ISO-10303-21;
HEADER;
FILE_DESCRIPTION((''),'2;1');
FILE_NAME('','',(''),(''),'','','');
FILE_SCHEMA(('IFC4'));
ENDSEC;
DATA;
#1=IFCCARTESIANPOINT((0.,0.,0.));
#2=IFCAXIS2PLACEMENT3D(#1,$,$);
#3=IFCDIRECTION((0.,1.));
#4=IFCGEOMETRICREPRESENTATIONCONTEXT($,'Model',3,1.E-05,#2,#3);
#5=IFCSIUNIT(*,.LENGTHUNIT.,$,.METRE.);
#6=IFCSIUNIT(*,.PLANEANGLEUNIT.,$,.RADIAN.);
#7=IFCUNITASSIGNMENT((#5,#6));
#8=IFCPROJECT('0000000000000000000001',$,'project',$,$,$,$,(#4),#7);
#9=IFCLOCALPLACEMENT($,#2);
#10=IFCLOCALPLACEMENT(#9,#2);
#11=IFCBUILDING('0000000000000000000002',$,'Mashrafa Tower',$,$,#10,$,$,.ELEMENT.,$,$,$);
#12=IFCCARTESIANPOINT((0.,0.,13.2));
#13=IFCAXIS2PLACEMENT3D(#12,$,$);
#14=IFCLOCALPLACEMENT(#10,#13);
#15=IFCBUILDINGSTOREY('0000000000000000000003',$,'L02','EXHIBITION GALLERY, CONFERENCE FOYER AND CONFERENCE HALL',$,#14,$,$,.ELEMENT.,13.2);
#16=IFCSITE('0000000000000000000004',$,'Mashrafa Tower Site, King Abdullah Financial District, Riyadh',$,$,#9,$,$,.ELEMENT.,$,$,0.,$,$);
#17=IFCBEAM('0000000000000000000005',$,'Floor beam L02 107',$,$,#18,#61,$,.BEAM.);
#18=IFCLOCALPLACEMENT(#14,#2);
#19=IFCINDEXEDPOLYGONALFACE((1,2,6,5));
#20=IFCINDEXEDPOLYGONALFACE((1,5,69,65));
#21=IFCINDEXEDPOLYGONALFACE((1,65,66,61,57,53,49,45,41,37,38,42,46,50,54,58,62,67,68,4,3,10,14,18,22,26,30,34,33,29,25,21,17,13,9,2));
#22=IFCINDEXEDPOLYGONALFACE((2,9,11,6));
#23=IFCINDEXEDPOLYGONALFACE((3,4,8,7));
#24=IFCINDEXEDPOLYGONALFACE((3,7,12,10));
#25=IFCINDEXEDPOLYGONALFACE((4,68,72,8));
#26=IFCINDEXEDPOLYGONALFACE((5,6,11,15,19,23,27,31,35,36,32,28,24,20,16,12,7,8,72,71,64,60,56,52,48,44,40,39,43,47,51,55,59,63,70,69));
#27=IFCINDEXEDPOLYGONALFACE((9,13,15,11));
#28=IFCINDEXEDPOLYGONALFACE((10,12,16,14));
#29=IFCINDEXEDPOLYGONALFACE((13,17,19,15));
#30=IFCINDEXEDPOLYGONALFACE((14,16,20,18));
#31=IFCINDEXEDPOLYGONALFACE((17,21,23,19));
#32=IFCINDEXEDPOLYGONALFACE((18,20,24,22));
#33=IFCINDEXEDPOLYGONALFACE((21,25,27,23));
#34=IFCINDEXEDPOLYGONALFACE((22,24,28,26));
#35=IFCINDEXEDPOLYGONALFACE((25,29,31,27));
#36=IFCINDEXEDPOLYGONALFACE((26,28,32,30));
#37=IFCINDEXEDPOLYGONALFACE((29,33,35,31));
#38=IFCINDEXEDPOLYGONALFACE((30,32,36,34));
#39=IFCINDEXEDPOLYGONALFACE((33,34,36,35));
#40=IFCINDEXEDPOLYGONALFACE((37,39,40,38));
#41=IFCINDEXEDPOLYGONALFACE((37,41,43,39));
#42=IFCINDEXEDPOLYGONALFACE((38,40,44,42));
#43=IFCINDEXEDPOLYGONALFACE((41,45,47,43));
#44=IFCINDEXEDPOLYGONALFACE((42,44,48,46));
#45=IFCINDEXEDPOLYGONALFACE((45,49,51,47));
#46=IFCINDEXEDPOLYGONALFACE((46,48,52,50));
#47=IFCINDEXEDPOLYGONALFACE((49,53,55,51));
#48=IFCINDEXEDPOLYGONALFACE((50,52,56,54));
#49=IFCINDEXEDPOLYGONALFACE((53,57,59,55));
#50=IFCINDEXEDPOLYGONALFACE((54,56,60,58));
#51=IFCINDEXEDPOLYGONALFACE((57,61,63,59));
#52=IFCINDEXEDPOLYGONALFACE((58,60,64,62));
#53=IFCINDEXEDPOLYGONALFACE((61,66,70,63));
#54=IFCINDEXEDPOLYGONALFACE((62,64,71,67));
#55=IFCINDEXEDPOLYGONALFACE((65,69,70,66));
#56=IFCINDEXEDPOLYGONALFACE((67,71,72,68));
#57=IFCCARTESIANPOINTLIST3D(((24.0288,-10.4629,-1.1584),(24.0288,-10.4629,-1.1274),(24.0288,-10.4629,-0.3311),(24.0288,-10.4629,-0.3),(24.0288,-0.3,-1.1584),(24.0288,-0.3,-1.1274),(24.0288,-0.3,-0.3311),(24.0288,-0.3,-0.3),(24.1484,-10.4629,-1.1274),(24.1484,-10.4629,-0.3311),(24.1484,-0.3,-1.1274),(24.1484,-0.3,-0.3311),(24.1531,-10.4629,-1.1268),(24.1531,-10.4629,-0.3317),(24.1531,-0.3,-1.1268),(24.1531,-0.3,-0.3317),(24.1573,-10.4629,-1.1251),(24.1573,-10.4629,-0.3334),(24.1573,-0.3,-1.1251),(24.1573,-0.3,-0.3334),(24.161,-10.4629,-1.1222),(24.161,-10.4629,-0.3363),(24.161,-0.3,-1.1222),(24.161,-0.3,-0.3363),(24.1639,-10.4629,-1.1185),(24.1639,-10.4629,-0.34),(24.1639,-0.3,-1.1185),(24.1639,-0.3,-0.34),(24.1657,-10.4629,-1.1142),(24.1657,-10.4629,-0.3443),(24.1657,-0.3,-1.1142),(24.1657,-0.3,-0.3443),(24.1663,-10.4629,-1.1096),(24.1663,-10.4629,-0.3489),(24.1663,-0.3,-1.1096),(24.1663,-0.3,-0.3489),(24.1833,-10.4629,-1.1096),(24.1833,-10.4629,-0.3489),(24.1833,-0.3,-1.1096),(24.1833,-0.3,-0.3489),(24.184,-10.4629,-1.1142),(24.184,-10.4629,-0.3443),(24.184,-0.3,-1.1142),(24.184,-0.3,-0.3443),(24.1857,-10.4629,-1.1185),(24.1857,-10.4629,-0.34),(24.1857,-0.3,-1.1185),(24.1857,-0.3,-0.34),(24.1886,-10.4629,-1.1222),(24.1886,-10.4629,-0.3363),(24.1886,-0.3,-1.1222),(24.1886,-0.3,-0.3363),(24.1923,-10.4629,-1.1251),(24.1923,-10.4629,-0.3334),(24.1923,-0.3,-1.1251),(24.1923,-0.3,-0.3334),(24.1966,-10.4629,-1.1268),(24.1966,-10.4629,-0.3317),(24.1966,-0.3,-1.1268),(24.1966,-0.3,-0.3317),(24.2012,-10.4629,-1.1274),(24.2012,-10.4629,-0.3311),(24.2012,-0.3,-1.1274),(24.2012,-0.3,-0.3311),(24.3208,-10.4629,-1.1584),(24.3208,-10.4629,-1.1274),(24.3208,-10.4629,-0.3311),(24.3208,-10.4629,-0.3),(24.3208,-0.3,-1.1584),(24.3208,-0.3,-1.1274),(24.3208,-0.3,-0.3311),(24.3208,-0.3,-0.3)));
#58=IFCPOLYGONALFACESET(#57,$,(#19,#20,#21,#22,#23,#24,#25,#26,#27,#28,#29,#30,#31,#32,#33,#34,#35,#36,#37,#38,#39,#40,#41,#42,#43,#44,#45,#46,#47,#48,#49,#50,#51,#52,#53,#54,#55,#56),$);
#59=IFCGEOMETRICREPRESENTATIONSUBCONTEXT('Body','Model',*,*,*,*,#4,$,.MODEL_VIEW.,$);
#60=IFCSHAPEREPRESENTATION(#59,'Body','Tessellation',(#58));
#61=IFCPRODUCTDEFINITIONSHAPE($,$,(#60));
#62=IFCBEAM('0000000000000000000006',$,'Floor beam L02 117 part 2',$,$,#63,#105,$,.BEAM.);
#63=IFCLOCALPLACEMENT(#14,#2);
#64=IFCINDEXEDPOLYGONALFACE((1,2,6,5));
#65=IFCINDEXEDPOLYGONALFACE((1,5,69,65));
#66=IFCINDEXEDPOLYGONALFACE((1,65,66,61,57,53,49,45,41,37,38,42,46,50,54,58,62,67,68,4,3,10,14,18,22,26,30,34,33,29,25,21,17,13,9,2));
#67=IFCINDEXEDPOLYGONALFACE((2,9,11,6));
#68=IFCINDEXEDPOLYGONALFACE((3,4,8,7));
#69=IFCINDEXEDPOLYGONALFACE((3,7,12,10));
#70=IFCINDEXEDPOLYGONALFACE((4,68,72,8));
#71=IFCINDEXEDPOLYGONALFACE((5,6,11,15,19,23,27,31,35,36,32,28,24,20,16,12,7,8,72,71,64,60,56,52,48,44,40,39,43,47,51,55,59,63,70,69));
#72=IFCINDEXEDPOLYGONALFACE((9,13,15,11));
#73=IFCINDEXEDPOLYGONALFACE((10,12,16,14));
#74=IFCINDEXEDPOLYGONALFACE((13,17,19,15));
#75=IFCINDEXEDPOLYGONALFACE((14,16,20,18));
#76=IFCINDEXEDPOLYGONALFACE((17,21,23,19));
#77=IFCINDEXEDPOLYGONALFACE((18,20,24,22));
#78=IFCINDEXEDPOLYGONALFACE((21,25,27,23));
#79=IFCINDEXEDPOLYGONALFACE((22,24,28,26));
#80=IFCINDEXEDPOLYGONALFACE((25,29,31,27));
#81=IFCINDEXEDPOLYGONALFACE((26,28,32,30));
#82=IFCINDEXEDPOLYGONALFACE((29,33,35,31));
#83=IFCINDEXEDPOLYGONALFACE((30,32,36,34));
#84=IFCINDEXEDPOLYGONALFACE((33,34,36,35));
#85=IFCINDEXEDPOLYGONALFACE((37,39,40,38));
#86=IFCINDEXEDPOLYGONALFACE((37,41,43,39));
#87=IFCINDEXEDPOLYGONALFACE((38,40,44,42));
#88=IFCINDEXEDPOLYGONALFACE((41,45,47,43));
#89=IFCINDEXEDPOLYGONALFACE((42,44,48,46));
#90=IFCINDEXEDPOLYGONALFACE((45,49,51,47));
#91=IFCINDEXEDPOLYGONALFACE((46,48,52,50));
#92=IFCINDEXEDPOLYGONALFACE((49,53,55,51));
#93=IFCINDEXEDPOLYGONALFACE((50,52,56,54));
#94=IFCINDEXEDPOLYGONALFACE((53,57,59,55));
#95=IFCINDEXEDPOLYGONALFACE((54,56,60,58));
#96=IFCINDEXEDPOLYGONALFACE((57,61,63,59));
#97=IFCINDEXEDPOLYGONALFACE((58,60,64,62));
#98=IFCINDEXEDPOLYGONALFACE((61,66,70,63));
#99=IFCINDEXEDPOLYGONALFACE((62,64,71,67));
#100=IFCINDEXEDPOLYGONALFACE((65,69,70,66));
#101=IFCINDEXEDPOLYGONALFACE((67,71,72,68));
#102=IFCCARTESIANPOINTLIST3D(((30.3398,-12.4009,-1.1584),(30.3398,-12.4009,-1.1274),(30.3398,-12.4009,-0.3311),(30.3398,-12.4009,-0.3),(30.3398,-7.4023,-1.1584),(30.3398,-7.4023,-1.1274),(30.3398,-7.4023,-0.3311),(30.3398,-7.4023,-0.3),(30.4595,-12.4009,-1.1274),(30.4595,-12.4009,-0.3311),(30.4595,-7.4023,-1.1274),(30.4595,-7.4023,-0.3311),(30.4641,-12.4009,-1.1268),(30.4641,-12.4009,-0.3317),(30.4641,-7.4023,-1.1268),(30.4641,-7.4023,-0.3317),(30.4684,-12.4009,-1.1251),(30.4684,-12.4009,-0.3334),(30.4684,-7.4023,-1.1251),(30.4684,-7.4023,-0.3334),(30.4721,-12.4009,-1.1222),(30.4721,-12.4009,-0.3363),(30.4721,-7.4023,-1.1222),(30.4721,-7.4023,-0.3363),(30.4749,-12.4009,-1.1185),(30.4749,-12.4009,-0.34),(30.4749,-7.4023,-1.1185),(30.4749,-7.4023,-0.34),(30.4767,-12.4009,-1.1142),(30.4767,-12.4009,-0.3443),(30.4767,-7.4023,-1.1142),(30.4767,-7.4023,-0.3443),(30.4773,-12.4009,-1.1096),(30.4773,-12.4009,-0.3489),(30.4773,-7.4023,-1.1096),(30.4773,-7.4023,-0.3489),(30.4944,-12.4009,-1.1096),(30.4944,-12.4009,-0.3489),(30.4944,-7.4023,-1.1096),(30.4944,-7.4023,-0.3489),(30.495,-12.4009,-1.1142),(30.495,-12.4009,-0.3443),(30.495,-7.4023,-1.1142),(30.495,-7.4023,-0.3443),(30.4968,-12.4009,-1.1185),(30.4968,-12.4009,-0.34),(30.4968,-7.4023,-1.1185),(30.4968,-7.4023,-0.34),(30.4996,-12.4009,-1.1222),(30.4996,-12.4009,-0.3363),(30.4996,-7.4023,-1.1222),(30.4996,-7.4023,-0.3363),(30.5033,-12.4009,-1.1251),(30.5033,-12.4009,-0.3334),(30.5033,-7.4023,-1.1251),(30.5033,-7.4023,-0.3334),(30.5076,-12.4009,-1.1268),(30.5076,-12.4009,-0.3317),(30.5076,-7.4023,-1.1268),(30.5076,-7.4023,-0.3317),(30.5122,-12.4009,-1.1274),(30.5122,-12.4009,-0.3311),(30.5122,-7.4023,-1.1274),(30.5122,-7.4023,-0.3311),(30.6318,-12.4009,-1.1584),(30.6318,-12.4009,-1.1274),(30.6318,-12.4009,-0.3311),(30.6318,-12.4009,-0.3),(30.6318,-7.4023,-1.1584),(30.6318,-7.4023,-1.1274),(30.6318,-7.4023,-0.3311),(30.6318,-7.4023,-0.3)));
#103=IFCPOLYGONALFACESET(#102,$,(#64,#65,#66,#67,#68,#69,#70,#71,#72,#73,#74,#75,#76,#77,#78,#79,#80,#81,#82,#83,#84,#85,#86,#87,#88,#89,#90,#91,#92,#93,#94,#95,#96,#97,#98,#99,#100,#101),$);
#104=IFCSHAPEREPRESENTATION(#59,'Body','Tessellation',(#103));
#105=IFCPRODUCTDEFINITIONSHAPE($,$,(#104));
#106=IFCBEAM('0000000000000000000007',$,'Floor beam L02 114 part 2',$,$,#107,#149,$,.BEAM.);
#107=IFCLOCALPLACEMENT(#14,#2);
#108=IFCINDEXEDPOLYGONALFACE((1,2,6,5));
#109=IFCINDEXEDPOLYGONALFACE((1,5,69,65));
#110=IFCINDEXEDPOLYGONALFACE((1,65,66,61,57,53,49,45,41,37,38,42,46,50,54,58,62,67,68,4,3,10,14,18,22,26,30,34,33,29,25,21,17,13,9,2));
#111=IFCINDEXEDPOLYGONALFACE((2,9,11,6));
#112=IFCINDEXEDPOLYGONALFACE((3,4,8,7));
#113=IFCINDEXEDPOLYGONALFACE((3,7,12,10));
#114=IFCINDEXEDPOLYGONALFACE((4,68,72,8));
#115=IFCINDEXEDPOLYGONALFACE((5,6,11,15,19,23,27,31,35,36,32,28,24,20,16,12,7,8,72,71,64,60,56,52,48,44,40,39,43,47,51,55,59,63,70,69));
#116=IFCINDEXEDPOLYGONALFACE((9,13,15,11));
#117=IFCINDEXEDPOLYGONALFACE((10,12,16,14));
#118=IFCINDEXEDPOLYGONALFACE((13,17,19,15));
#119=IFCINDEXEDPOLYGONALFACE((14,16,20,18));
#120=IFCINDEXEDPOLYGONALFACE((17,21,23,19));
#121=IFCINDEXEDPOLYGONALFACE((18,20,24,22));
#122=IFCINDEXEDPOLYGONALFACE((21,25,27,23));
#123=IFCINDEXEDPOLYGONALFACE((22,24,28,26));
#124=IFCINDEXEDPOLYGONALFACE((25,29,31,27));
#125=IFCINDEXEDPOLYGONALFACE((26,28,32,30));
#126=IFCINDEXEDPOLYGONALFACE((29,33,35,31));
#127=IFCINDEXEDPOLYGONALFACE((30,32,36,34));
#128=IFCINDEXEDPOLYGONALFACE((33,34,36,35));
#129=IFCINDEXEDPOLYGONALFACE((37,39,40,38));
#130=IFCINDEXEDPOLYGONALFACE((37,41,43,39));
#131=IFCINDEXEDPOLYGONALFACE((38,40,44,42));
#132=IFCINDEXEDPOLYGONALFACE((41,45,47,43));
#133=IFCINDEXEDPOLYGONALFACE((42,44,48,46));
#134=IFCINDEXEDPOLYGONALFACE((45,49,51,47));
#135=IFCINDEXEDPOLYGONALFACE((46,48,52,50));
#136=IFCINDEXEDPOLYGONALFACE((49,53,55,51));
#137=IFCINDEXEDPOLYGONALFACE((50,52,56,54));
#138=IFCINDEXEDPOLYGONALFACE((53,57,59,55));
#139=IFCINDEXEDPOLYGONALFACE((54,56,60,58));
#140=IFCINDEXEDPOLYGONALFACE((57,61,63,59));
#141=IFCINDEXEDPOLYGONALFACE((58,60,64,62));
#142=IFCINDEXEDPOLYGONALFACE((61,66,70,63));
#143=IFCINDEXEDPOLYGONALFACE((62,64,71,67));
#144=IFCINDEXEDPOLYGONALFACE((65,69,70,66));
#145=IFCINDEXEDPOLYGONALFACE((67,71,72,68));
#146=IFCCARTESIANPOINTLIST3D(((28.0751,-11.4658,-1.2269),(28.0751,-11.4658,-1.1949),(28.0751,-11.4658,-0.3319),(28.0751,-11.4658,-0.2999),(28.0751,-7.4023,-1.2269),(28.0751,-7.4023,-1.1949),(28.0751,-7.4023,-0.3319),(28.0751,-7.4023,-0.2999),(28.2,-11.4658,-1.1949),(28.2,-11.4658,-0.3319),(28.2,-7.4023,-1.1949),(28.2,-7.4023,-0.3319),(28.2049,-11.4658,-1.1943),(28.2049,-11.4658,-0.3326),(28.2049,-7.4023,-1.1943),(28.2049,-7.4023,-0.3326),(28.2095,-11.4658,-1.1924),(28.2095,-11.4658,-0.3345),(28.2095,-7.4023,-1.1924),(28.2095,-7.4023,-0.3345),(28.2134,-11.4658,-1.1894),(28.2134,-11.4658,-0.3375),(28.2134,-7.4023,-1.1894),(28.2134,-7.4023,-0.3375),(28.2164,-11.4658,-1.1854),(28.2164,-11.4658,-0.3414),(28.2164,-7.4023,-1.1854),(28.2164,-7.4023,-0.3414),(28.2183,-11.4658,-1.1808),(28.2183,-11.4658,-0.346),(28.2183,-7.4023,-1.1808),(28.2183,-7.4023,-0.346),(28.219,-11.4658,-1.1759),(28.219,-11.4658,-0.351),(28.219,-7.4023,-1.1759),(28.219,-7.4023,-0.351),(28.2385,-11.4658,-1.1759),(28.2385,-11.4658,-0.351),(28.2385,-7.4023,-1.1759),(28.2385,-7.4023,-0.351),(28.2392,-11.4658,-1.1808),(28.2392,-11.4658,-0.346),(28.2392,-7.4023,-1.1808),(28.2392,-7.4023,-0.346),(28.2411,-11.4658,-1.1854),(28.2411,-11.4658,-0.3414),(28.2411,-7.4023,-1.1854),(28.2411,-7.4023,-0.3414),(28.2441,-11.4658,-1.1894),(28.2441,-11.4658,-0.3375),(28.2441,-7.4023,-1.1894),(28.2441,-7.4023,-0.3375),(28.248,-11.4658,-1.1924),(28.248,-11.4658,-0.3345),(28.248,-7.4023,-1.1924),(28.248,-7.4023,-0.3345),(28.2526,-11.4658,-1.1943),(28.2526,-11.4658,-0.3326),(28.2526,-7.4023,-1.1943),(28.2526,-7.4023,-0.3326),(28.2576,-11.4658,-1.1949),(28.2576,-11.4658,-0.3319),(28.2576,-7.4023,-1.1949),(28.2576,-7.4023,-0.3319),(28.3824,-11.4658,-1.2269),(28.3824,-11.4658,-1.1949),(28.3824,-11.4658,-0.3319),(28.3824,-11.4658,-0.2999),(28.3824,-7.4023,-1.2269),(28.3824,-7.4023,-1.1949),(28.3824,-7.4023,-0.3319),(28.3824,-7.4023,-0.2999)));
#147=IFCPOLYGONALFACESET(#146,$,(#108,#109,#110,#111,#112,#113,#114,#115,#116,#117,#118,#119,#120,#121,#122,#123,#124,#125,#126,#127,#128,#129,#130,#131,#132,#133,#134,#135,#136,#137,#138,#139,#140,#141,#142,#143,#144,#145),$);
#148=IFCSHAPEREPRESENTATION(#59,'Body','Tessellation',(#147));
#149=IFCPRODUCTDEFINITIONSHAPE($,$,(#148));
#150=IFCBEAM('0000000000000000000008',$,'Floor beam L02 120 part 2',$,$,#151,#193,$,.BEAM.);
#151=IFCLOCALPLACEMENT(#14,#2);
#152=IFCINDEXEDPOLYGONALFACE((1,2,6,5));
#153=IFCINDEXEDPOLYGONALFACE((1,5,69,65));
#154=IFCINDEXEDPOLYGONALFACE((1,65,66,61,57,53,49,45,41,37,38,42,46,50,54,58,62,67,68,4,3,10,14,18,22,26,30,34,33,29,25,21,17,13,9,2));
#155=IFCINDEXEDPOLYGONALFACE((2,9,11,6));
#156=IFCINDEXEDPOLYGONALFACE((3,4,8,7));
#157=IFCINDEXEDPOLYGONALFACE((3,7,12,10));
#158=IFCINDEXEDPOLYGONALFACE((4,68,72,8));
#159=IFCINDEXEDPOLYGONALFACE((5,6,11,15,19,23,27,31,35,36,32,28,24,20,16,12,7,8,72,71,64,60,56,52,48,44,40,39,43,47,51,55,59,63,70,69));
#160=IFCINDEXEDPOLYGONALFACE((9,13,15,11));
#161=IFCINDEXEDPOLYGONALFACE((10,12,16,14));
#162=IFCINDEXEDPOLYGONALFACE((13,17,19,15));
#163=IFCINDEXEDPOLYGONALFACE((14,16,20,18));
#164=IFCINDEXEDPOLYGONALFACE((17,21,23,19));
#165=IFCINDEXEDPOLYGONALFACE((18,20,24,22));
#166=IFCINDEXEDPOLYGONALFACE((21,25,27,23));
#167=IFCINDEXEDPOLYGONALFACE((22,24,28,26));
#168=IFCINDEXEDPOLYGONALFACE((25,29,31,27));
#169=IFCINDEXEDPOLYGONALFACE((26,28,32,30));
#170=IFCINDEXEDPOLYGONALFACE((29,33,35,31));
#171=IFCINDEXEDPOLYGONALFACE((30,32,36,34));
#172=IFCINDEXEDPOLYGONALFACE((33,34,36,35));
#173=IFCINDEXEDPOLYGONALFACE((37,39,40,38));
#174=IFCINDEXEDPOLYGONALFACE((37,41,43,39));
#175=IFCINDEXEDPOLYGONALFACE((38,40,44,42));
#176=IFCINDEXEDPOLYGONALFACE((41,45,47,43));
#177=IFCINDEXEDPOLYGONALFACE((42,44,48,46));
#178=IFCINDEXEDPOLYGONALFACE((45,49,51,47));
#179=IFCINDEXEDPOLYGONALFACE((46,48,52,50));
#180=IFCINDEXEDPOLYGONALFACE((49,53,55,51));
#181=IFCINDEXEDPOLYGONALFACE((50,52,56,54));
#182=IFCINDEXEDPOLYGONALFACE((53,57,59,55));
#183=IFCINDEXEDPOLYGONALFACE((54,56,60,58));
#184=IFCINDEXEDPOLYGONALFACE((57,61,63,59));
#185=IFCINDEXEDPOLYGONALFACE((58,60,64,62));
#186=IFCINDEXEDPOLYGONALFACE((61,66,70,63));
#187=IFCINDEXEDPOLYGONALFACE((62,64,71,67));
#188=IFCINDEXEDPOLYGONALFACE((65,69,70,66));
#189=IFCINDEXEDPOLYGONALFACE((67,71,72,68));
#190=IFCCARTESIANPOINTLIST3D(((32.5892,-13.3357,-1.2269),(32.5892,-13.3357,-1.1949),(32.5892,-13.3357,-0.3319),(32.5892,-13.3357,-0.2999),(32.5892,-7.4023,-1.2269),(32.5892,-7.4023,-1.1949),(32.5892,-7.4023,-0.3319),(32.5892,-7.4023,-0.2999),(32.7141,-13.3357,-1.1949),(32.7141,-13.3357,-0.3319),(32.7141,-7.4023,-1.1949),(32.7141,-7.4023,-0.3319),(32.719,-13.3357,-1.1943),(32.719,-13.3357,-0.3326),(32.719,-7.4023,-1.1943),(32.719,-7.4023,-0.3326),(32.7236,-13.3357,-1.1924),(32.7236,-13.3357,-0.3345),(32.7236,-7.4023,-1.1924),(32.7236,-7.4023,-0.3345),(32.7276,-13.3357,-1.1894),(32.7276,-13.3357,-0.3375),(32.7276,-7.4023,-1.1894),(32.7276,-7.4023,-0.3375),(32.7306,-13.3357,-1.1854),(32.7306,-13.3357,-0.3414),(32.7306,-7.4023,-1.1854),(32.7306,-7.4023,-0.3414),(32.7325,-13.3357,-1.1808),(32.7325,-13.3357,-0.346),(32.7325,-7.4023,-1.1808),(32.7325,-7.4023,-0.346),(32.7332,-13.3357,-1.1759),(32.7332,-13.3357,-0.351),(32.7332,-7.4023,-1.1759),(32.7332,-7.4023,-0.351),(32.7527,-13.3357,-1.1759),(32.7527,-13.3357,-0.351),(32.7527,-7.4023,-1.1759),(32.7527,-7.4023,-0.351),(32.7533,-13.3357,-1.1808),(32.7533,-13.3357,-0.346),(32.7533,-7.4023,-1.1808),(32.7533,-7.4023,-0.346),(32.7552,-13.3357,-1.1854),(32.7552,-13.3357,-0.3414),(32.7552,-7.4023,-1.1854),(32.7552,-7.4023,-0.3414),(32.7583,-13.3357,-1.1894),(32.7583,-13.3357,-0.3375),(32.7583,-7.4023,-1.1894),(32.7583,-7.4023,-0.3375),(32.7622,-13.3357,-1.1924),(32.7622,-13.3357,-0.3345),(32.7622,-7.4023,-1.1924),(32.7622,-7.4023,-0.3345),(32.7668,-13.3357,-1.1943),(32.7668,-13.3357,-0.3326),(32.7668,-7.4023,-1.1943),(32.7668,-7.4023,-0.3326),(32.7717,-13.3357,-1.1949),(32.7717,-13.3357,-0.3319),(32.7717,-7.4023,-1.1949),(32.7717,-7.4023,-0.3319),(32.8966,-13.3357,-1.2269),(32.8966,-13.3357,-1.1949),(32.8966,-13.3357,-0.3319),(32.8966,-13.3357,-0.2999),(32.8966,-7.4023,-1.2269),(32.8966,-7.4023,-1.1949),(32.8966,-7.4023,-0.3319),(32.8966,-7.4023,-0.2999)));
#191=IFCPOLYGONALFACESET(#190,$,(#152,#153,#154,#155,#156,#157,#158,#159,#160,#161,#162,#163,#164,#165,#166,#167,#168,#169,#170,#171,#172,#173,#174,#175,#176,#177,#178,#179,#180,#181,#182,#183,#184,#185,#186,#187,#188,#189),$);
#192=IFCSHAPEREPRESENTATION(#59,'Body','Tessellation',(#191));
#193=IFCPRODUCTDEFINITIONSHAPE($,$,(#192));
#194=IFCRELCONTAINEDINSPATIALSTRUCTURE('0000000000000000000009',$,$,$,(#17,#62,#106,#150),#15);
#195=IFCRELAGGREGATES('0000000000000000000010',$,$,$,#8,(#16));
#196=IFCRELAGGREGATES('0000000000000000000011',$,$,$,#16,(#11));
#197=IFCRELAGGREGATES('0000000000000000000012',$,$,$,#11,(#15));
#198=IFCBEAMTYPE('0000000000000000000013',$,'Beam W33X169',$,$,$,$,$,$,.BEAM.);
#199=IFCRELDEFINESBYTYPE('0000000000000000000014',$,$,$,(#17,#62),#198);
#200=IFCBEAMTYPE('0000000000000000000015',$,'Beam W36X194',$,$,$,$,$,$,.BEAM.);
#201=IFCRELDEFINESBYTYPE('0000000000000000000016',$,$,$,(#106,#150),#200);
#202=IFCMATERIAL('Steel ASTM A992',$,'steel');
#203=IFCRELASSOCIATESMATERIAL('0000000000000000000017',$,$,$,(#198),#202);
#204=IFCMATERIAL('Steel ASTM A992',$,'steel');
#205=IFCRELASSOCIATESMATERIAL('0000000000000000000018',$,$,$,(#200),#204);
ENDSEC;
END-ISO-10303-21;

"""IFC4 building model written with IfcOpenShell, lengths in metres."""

from ifc_helpers import new_model, si_unit, direction, frame, origin, origin_2d, place, context, subcontext, project, spatial, i_section, extrude, material, material_profile, profile_set, type_object, element, save


model = new_model("IFC4")

# Units and contexts
model_context = context("Model", 3, precision=1e-05, world=origin(), true_north=direction((0.0, 1.0)))
body_context = subcontext(model_context, "Body", "Model", "MODEL_VIEW")
ifc_project = project(units=[si_unit("LENGTHUNIT", "METRE"), si_unit("PLANEANGLEUNIT", "RADIAN")], contexts=[model_context])

# Site, building, storey
site_placement = place(None, origin())
site = spatial("IfcSite", under=ifc_project, at=site_placement, Name="Mashrafa Tower Site, King Abdullah Financial District, Riyadh", CompositionType="ELEMENT", RefElevation=0.0)
building_placement = place(site_placement, origin())
building = spatial("IfcBuilding", under=site, at=building_placement, Name="Mashrafa Tower", CompositionType="ELEMENT")
storey_placement = place(building_placement, frame((0.0, 0.0, 13.2)))
storey = spatial("IfcBuildingStorey", under=building, at=storey_placement, Name="L02", Description="EXHIBITION GALLERY, CONFERENCE FOYER AND CONFERENCE HALL", CompositionType="ELEMENT", Elevation=13.2)

# Beams
ifc_material_1 = material(Name="Steel ASTM A992", Category="steel")
ifc_material_profile_1 = material_profile(ifc_material_1, i_section(OverallWidth=0.292, OverallDepth=0.8584, WebThickness=0.0171, FlangeThickness=0.031, FilletRadius=0.0178, at=origin_2d()), Name="W33X169")
ifc_profile_set_1 = profile_set([ifc_material_profile_1], Name="Steel ASTM A992")
beam_type_1 = type_object("IfcBeamType", Name="Beam W33X169", PredefinedType="BEAM", material=ifc_profile_set_1)
beam_1_placement = place(storey_placement, frame((24.1748, -0.3, -0.7292), z_axis=(0.0, -1.0, 0.0), x_axis=(1.0, 0.0, 0.0)))
element("IfcBeam", 1, at=beam_1_placement, inside=storey, type_object=beam_type_1, Name="Floor beam L02 107", PredefinedType="BEAM", context=body_context, shape_type="SweptSolid", body=[
    extrude(i_section(OverallWidth=0.292, OverallDepth=0.8584, WebThickness=0.0171, FlangeThickness=0.031, FilletRadius=0.0178, at=origin_2d()), origin(), (0.0, 0.0, 1.0), 10.1628),
])
beam_2_placement = place(storey_placement, frame((30.4858, -7.4023, -0.7292), z_axis=(0.0, -1.0, 0.0), x_axis=(1.0, 0.0, 0.0)))
element("IfcBeam", 2, at=beam_2_placement, inside=storey, type_object=beam_type_1, Name="Floor beam L02 117 part 2", PredefinedType="BEAM", context=body_context, shape_type="SweptSolid", body=[
    extrude(i_section(OverallWidth=0.292, OverallDepth=0.8584, WebThickness=0.0171, FlangeThickness=0.031, FilletRadius=0.0178, at=origin_2d()), origin(), (0.0, 0.0, 1.0), 4.9985),
])
ifc_material_2 = material(Name="Steel ASTM A992", Category="steel")
ifc_material_profile_2 = material_profile(ifc_material_2, i_section(OverallWidth=0.3074, OverallDepth=0.927, WebThickness=0.0195, FlangeThickness=0.032, FilletRadius=0.019, at=origin_2d()), Name="W36X194")
ifc_profile_set_2 = profile_set([ifc_material_profile_2], Name="Steel ASTM A992")
beam_type_2 = type_object("IfcBeamType", Name="Beam W36X194", PredefinedType="BEAM", material=ifc_profile_set_2)
beam_3_placement = place(storey_placement, frame((28.2288, -7.4023, -0.7634), z_axis=(0.0, -1.0, 0.0), x_axis=(1.0, 0.0, 0.0)))
element("IfcBeam", 3, at=beam_3_placement, inside=storey, type_object=beam_type_2, Name="Floor beam L02 114 part 2", PredefinedType="BEAM", context=body_context, shape_type="SweptSolid", body=[
    extrude(i_section(OverallWidth=0.3074, OverallDepth=0.927, WebThickness=0.0195, FlangeThickness=0.032, FilletRadius=0.019, at=origin_2d()), origin(), (0.0, 0.0, 1.0), 4.0635),
])
beam_4_placement = place(storey_placement, frame((32.7429, -7.4023, -0.7634), z_axis=(0.0, -1.0, 0.0), x_axis=(1.0, 0.0, 0.0)))
element("IfcBeam", 4, at=beam_4_placement, inside=storey, type_object=beam_type_2, Name="Floor beam L02 120 part 2", PredefinedType="BEAM", context=body_context, shape_type="SweptSolid", body=[
    extrude(i_section(OverallWidth=0.3074, OverallDepth=0.927, WebThickness=0.0195, FlangeThickness=0.032, FilletRadius=0.019, at=origin_2d()), origin(), (0.0, 0.0, 1.0), 5.9333),
])

save(model, "model.ifc")
